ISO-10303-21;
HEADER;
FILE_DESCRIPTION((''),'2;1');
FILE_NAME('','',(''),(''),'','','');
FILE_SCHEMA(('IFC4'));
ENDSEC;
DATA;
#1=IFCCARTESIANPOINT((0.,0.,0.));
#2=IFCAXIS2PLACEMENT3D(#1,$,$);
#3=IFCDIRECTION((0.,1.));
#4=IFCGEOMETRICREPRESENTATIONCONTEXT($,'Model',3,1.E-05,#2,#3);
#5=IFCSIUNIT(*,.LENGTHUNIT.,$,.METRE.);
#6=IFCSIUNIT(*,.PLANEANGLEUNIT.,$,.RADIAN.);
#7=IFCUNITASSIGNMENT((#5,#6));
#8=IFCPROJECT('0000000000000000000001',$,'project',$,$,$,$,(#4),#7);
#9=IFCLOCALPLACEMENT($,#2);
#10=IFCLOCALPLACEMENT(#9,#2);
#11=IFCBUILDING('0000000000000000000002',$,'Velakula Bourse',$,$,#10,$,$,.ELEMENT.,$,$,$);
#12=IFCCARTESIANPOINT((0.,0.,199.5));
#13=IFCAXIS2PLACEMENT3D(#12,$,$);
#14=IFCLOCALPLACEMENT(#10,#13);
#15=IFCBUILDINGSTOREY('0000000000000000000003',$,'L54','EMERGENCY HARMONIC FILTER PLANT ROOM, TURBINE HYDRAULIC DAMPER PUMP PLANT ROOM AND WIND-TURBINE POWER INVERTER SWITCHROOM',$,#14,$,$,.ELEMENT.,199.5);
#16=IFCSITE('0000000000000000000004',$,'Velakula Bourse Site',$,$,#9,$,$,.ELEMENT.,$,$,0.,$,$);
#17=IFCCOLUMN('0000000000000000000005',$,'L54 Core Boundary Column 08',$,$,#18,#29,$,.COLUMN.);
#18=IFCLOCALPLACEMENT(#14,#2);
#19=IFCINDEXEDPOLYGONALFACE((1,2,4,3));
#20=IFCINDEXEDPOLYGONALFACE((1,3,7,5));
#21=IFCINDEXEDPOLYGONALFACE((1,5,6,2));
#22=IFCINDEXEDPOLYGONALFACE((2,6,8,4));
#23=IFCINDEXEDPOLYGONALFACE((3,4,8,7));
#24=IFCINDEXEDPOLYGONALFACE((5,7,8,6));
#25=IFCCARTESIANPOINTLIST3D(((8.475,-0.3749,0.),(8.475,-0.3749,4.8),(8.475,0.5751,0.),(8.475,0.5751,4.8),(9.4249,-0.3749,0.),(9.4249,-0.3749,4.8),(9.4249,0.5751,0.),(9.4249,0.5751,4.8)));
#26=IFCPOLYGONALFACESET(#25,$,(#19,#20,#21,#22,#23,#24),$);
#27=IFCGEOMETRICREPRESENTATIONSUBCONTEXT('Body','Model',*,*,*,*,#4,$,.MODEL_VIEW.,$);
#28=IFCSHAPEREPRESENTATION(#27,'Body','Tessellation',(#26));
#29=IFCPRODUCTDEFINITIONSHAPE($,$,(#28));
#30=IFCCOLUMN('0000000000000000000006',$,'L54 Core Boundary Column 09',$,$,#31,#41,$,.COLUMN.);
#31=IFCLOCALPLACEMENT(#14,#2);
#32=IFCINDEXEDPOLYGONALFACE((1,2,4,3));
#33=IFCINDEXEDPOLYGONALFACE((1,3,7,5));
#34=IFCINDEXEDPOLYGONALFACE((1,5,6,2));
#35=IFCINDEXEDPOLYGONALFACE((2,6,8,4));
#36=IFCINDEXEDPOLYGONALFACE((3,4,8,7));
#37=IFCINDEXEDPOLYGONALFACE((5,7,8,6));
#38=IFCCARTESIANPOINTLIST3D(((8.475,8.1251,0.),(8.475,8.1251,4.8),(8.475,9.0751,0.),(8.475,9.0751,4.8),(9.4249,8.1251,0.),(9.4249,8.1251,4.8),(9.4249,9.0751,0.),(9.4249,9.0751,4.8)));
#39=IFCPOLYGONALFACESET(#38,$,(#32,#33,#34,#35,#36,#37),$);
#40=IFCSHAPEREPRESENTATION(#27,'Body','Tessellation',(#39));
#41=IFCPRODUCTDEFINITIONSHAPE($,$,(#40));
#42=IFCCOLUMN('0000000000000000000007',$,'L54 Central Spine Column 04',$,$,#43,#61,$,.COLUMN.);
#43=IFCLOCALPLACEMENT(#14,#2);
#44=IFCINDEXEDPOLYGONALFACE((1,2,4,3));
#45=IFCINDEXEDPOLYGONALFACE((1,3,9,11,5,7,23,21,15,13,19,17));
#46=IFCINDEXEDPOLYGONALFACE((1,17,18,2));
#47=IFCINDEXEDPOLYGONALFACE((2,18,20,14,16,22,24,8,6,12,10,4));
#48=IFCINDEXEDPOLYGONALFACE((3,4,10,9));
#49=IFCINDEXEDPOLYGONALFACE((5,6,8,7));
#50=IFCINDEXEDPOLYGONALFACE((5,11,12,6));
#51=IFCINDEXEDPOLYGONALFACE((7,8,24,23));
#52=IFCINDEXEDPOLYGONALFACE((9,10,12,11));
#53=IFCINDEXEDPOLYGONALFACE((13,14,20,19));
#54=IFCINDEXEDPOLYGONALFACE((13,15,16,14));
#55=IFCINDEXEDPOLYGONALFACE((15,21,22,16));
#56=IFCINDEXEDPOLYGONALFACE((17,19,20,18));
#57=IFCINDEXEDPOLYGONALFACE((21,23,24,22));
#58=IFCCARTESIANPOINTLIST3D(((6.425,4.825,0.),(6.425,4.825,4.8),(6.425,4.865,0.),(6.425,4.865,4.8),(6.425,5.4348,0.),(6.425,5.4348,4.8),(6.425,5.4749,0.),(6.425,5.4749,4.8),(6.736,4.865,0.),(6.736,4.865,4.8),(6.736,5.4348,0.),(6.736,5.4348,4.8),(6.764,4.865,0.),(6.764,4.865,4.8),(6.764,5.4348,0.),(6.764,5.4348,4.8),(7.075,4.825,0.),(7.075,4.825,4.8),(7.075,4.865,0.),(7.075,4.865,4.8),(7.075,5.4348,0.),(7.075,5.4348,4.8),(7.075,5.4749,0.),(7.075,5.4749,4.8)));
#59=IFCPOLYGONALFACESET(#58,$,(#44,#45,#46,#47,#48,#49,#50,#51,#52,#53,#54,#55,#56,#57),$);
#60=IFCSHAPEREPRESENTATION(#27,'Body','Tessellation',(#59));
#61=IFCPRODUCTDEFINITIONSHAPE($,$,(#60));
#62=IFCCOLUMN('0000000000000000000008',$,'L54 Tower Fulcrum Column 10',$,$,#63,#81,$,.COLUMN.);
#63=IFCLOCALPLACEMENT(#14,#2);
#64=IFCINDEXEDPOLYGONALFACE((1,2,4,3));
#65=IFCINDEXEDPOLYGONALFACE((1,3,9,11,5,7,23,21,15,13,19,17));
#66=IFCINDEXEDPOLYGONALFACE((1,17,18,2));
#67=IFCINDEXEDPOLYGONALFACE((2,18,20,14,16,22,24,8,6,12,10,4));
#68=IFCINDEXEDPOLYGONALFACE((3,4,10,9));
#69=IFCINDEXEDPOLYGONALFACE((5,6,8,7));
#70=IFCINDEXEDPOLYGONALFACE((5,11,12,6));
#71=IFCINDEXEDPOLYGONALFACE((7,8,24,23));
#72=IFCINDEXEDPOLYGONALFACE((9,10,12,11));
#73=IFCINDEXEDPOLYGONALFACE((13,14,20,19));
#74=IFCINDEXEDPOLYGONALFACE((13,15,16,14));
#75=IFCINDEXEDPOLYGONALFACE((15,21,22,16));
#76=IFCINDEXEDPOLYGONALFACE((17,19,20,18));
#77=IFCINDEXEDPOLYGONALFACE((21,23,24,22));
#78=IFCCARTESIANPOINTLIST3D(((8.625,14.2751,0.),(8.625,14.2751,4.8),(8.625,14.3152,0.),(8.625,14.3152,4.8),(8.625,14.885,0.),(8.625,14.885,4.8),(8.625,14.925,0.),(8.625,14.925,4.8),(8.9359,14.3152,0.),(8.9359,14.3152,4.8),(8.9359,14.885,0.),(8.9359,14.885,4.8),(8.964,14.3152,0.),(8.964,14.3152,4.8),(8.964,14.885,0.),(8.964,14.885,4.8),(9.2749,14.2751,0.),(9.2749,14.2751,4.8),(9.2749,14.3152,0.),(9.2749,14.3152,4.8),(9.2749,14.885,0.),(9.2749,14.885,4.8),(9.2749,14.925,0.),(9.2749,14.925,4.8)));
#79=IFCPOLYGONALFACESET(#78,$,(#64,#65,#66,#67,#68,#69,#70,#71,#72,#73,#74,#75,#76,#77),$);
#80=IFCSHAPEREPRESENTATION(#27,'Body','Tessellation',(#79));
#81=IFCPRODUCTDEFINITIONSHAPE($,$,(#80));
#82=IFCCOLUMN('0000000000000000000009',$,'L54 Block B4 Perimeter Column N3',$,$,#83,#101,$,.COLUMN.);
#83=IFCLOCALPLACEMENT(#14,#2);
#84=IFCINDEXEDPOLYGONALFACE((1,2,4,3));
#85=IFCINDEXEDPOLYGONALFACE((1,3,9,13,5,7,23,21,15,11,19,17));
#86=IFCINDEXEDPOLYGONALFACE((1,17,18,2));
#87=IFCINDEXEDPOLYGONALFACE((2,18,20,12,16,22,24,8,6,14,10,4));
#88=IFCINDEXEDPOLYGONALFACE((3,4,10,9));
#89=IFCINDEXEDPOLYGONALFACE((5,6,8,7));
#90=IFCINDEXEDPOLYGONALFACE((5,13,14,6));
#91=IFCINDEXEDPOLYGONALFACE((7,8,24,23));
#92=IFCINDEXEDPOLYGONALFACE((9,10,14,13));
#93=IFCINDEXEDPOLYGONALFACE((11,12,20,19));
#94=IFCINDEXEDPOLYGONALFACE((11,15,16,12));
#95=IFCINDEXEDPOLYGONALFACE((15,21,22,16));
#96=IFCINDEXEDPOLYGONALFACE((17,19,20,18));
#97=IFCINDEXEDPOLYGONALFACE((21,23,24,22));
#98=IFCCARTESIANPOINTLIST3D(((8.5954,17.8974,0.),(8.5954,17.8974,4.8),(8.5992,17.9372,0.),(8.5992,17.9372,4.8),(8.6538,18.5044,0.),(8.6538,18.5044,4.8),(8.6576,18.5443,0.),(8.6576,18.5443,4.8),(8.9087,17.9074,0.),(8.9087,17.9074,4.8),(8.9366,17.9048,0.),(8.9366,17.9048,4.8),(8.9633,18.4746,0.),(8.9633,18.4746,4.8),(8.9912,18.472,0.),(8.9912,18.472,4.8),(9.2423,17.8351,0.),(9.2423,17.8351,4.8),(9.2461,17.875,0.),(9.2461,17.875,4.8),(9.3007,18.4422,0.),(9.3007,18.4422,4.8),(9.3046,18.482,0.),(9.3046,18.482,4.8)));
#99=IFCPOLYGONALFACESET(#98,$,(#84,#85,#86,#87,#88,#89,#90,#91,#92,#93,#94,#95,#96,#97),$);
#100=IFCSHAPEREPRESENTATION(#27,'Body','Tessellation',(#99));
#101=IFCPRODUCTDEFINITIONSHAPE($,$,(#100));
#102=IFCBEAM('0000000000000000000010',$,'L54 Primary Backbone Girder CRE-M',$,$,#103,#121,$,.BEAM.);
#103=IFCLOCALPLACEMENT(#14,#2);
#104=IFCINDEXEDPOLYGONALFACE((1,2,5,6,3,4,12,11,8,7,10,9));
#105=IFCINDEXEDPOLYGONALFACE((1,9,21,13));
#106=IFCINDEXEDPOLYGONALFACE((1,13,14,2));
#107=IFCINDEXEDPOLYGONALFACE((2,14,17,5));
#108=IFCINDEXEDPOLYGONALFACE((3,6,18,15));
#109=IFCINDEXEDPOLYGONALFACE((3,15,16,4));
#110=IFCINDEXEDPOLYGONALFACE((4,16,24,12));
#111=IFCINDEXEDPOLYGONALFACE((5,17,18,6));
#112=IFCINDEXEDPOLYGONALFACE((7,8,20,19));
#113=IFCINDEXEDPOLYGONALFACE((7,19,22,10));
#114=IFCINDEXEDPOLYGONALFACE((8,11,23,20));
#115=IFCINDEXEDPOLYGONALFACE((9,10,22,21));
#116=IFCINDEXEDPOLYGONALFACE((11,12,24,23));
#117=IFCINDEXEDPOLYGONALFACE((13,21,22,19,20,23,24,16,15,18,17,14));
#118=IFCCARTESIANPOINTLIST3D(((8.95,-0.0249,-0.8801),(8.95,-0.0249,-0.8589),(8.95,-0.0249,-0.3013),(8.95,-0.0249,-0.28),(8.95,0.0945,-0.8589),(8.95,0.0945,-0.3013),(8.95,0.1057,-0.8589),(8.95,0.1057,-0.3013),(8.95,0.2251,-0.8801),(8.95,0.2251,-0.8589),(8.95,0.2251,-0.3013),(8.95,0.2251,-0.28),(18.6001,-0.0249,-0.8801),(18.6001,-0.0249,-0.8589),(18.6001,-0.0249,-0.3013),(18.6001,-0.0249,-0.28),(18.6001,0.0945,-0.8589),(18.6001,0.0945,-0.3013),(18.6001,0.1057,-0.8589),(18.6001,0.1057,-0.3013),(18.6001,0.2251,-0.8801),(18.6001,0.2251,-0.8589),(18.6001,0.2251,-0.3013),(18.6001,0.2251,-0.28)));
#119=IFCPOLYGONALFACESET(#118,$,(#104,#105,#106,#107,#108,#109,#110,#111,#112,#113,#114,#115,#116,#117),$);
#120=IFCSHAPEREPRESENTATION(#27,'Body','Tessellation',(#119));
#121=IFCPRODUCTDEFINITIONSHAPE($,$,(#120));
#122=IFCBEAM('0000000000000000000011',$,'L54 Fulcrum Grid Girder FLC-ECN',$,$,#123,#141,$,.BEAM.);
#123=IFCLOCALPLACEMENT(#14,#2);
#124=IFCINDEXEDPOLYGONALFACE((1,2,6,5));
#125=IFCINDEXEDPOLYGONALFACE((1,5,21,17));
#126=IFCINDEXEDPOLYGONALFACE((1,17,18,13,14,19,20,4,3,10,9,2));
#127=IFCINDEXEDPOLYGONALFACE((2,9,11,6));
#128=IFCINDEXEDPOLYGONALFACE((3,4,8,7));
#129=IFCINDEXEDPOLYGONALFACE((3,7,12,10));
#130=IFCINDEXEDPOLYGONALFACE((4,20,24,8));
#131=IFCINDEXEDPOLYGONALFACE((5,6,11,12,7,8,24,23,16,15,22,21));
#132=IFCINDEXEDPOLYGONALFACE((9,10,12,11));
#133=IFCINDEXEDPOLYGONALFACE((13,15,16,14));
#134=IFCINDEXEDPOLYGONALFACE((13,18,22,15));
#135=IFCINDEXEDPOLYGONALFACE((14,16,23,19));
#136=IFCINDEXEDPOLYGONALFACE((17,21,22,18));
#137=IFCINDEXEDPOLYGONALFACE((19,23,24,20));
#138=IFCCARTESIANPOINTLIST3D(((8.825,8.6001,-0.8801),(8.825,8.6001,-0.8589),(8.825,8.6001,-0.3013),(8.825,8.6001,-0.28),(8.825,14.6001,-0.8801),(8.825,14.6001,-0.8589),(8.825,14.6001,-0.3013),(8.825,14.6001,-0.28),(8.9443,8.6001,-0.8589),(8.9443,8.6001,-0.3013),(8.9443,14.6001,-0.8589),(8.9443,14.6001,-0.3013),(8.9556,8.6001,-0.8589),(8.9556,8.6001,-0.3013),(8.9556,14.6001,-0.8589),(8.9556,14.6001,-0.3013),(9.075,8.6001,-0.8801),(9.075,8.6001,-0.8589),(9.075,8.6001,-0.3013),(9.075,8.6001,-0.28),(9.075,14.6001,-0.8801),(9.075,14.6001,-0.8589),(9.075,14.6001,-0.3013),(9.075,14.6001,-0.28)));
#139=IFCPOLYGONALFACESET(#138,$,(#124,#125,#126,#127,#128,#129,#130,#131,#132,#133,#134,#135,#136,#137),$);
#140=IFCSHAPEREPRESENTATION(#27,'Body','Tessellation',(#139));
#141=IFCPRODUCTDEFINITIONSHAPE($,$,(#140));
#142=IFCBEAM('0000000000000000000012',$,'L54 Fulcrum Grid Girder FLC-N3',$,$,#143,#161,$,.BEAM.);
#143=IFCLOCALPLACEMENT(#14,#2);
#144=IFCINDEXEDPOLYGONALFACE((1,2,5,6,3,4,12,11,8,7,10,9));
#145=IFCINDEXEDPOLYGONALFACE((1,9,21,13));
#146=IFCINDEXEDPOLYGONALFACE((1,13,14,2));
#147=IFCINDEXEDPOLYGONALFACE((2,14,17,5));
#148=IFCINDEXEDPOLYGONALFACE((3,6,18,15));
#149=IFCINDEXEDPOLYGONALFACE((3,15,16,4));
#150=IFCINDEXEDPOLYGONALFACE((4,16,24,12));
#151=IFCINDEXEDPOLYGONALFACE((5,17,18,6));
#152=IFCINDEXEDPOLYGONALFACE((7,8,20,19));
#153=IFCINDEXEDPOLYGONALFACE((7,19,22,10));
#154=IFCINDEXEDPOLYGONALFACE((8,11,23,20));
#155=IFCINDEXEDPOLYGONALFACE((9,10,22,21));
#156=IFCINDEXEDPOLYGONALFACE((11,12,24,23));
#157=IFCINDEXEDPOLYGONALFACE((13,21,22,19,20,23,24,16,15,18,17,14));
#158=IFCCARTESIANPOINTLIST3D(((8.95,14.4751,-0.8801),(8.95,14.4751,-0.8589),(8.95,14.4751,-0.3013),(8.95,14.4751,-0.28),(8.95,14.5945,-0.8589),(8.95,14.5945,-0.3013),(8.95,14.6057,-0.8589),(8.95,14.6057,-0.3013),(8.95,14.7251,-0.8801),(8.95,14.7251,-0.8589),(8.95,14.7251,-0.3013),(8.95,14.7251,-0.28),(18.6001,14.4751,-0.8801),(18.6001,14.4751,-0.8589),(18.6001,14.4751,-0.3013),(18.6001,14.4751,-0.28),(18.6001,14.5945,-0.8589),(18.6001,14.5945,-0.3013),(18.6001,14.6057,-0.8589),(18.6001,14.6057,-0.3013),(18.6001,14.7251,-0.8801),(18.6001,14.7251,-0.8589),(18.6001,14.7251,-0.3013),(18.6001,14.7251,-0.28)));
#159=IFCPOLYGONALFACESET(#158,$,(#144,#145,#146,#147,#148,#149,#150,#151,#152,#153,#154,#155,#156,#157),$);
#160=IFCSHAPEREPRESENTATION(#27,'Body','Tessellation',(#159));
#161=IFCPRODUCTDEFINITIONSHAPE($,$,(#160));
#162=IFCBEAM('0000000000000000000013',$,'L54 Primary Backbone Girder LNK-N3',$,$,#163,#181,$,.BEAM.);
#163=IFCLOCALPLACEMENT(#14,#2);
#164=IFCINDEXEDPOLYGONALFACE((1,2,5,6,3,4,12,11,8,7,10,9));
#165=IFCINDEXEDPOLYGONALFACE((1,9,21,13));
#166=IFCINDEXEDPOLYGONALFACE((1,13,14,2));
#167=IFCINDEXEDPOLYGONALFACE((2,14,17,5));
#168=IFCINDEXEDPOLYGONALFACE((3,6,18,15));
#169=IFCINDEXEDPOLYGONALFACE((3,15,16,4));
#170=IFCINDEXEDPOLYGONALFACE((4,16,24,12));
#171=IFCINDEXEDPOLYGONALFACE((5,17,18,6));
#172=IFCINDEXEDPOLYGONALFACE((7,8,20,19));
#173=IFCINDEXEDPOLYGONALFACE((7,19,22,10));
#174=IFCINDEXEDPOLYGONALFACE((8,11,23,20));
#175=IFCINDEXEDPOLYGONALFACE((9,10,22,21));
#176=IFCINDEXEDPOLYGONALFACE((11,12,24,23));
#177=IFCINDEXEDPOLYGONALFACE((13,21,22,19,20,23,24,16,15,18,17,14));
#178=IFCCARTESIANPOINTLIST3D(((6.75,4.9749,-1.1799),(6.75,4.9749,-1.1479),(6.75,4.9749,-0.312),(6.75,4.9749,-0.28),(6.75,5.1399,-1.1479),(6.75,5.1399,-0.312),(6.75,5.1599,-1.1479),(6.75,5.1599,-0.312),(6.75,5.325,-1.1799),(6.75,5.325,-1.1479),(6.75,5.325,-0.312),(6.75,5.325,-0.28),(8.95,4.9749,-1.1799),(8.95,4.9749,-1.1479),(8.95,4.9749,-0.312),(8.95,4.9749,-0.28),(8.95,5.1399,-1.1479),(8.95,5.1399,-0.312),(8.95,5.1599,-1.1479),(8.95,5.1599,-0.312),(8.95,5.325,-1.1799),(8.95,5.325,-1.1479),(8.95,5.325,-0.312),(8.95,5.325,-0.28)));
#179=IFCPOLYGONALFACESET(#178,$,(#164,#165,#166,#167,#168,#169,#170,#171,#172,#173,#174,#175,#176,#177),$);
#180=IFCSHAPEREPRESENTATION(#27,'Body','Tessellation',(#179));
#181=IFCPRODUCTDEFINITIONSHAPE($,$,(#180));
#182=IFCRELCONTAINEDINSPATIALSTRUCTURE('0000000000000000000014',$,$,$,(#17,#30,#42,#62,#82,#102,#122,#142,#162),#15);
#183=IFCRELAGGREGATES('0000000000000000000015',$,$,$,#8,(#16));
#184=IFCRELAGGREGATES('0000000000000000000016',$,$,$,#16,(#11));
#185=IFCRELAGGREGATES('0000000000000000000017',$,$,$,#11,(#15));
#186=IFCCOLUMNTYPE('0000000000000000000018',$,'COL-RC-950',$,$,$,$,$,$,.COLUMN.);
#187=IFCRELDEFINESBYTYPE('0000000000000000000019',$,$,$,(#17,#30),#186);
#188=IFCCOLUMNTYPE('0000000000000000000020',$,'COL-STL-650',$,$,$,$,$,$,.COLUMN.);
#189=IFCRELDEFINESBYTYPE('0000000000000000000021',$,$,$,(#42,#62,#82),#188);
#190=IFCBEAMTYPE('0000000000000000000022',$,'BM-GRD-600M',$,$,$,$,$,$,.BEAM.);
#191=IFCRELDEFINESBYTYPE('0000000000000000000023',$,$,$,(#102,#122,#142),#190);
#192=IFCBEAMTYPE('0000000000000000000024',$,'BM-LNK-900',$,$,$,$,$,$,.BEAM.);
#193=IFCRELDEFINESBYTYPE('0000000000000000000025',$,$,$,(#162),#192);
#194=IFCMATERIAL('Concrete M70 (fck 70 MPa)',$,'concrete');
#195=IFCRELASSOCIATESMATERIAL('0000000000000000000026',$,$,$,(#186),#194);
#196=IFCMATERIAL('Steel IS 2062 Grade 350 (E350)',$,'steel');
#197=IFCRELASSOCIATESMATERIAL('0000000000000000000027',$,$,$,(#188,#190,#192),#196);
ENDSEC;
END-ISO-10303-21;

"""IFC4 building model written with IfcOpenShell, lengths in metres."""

from ifc_helpers import new_model, si_unit, direction, frame, origin, origin_2d, place, context, subcontext, project, spatial, rectangle, i_section, extrude, material, material_profile, profile_set, type_object, element, save


model = new_model("IFC4")

# Units and contexts
model_context = context("Model", 3, precision=1e-05, world=origin(), true_north=direction((0.0, 1.0)))
body_context = subcontext(model_context, "Body", "Model", "MODEL_VIEW")
ifc_project = project(units=[si_unit("LENGTHUNIT", "METRE"), si_unit("PLANEANGLEUNIT", "RADIAN")], contexts=[model_context])

# Site, building, storey
site_placement = place(None, origin())
site = spatial("IfcSite", under=ifc_project, at=site_placement, Name="Velakula Bourse Site", CompositionType="ELEMENT", RefElevation=0.0)
building_placement = place(site_placement, origin())
building = spatial("IfcBuilding", under=site, at=building_placement, Name="Velakula Bourse", CompositionType="ELEMENT")
storey_placement = place(building_placement, frame((0.0, 0.0, 199.5)))
storey = spatial("IfcBuildingStorey", under=building, at=storey_placement, Name="L54", Description="EMERGENCY HARMONIC FILTER PLANT ROOM, TURBINE HYDRAULIC DAMPER PUMP PLANT ROOM AND WIND-TURBINE POWER INVERTER SWITCHROOM", CompositionType="ELEMENT", Elevation=199.5)

# Columns
ifc_material_1 = material(Name="Concrete M70 (fck 70 MPa)", Category="concrete")
ifc_material_profile_1 = material_profile(ifc_material_1, rectangle(XDim=0.95, YDim=0.95, at=origin_2d()), Name="Concrete M70 (fck 70 MPa)")
ifc_profile_set_1 = profile_set([ifc_material_profile_1], Name="Concrete M70 (fck 70 MPa)")
column_type_1 = type_object("IfcColumnType", Name="COL-RC-950", PredefinedType="COLUMN", material=ifc_profile_set_1)
for number, where, z_axis, x_axis, name in (
    (1, (8.95, 0.1001, 0.0), (0.0, 0.0, 1.0), (1.0, 0.0, 0.0), "L54 Core Boundary Column 08"),
    (2, (8.95, 8.6001, 0.0), (0.0, 0.0, 1.0), (1.0, 0.0, 0.0), "L54 Core Boundary Column 09"),
):
    element("IfcColumn", number, at=place(storey_placement, frame(where, z_axis=z_axis, x_axis=x_axis)), inside=storey, type_object=column_type_1, Name=name, PredefinedType="COLUMN", context=body_context, shape_type="SweptSolid", body=[
        extrude(rectangle(XDim=0.95, YDim=0.95, at=origin_2d()), origin(), (0.0, 0.0, 1.0), 4.8),
    ])
ifc_material_2 = material(Name="Steel IS 2062 Grade 350 (E350)", Category="steel")
ifc_material_profile_2 = material_profile(ifc_material_2, i_section(OverallWidth=0.6499, OverallDepth=0.6499, WebThickness=0.0281, FlangeThickness=0.04, at=origin_2d()), Name="Steel IS 2062 Grade 350 (E350)")
ifc_profile_set_2 = profile_set([ifc_material_profile_2], Name="Steel IS 2062 Grade 350 (E350)")
column_type_2 = type_object("IfcColumnType", Name="COL-STL-650", PredefinedType="COLUMN", material=ifc_profile_set_2)
for number, where, z_axis, x_axis, name in (
    (3, (6.75, 5.1499, 0.0), (0.0, 0.0, 1.0), (1.0, 0.0, 0.0), "L54 Central Spine Column 04"),
    (4, (8.95, 14.6001, 0.0), (0.0, 0.0, 1.0), (1.0, 0.0, 0.0), "L54 Tower Fulcrum Column 10"),
    (5, (8.95, 18.1897, 0.0), (0.0, 0.0, 1.0), (0.995396, -0.095846, 0.0), "L54 Block B4 Perimeter Column N3"),
):
    element("IfcColumn", number, at=place(storey_placement, frame(where, z_axis=z_axis, x_axis=x_axis)), inside=storey, type_object=column_type_2, Name=name, PredefinedType="COLUMN", context=body_context, shape_type="SweptSolid", body=[
        extrude(i_section(OverallWidth=0.6499, OverallDepth=0.6499, WebThickness=0.0281, FlangeThickness=0.04, at=origin_2d()), origin(), (0.0, 0.0, 1.0), 4.8),
    ])

# Beams
ifc_material_profile_3 = material_profile(ifc_material_2, i_section(OverallWidth=0.25, OverallDepth=0.6001, WebThickness=0.0112, FlangeThickness=0.0212, at=origin_2d()), Name="Steel IS 2062 Grade 350 (E350)")
ifc_profile_set_3 = profile_set([ifc_material_profile_3], Name="Steel IS 2062 Grade 350 (E350)")
beam_type_1 = type_object("IfcBeamType", Name="BM-GRD-600M", PredefinedType="BEAM", material=ifc_profile_set_3)
beam_1_placement = place(storey_placement, frame((8.95, 0.1001, -0.5801), z_axis=(1.0, 0.0, 0.0), x_axis=(0.0, 1.0, 0.0)))
element("IfcBeam", 6, at=beam_1_placement, inside=storey, type_object=beam_type_1, Name="L54 Primary Backbone Girder CRE-M", PredefinedType="BEAM", context=body_context, shape_type="SweptSolid", body=[
    extrude(i_section(OverallWidth=0.25, OverallDepth=0.6001, WebThickness=0.0112, FlangeThickness=0.0212, at=origin_2d()), origin(), (0.0, 0.0, 1.0), 9.6501),
])
beam_2_placement = place(storey_placement, frame((8.95, 8.6001, -0.5801), z_axis=(0.0, 1.0, 0.0), x_axis=(-1.0, 0.0, 0.0)))
element("IfcBeam", 7, at=beam_2_placement, inside=storey, type_object=beam_type_1, Name="L54 Fulcrum Grid Girder FLC-ECN", PredefinedType="BEAM", context=body_context, shape_type="SweptSolid", body=[
    extrude(i_section(OverallWidth=0.25, OverallDepth=0.6001, WebThickness=0.0112, FlangeThickness=0.0212, at=origin_2d()), origin(), (0.0, 0.0, 1.0), 6.0),
])
beam_3_placement = place(storey_placement, frame((8.95, 14.6001, -0.5801), z_axis=(1.0, 0.0, 0.0), x_axis=(0.0, 1.0, 0.0)))
element("IfcBeam", 8, at=beam_3_placement, inside=storey, type_object=beam_type_1, Name="L54 Fulcrum Grid Girder FLC-N3", PredefinedType="BEAM", context=body_context, shape_type="SweptSolid", body=[
    extrude(i_section(OverallWidth=0.25, OverallDepth=0.6001, WebThickness=0.0112, FlangeThickness=0.0212, at=origin_2d()), origin(), (0.0, 0.0, 1.0), 9.6501),
])
ifc_material_profile_4 = material_profile(ifc_material_2, i_section(OverallWidth=0.3501, OverallDepth=0.8999, WebThickness=0.02, FlangeThickness=0.032, at=origin_2d()), Name="Steel IS 2062 Grade 350 (E350)")
ifc_profile_set_4 = profile_set([ifc_material_profile_4], Name="Steel IS 2062 Grade 350 (E350)")
beam_type_2 = type_object("IfcBeamType", Name="BM-LNK-900", PredefinedType="BEAM", material=ifc_profile_set_4)
beam_4_placement = place(storey_placement, frame((6.75, 5.1499, -0.73), z_axis=(1.0, 0.0, 0.0), x_axis=(0.0, 1.0, 0.0)))
element("IfcBeam", 9, at=beam_4_placement, inside=storey, type_object=beam_type_2, Name="L54 Primary Backbone Girder LNK-N3", PredefinedType="BEAM", context=body_context, shape_type="SweptSolid", body=[
    extrude(i_section(OverallWidth=0.3501, OverallDepth=0.8999, WebThickness=0.02, FlangeThickness=0.032, at=origin_2d()), origin(), (0.0, 0.0, 1.0), 2.2),
])

save(model, "model.ifc")
